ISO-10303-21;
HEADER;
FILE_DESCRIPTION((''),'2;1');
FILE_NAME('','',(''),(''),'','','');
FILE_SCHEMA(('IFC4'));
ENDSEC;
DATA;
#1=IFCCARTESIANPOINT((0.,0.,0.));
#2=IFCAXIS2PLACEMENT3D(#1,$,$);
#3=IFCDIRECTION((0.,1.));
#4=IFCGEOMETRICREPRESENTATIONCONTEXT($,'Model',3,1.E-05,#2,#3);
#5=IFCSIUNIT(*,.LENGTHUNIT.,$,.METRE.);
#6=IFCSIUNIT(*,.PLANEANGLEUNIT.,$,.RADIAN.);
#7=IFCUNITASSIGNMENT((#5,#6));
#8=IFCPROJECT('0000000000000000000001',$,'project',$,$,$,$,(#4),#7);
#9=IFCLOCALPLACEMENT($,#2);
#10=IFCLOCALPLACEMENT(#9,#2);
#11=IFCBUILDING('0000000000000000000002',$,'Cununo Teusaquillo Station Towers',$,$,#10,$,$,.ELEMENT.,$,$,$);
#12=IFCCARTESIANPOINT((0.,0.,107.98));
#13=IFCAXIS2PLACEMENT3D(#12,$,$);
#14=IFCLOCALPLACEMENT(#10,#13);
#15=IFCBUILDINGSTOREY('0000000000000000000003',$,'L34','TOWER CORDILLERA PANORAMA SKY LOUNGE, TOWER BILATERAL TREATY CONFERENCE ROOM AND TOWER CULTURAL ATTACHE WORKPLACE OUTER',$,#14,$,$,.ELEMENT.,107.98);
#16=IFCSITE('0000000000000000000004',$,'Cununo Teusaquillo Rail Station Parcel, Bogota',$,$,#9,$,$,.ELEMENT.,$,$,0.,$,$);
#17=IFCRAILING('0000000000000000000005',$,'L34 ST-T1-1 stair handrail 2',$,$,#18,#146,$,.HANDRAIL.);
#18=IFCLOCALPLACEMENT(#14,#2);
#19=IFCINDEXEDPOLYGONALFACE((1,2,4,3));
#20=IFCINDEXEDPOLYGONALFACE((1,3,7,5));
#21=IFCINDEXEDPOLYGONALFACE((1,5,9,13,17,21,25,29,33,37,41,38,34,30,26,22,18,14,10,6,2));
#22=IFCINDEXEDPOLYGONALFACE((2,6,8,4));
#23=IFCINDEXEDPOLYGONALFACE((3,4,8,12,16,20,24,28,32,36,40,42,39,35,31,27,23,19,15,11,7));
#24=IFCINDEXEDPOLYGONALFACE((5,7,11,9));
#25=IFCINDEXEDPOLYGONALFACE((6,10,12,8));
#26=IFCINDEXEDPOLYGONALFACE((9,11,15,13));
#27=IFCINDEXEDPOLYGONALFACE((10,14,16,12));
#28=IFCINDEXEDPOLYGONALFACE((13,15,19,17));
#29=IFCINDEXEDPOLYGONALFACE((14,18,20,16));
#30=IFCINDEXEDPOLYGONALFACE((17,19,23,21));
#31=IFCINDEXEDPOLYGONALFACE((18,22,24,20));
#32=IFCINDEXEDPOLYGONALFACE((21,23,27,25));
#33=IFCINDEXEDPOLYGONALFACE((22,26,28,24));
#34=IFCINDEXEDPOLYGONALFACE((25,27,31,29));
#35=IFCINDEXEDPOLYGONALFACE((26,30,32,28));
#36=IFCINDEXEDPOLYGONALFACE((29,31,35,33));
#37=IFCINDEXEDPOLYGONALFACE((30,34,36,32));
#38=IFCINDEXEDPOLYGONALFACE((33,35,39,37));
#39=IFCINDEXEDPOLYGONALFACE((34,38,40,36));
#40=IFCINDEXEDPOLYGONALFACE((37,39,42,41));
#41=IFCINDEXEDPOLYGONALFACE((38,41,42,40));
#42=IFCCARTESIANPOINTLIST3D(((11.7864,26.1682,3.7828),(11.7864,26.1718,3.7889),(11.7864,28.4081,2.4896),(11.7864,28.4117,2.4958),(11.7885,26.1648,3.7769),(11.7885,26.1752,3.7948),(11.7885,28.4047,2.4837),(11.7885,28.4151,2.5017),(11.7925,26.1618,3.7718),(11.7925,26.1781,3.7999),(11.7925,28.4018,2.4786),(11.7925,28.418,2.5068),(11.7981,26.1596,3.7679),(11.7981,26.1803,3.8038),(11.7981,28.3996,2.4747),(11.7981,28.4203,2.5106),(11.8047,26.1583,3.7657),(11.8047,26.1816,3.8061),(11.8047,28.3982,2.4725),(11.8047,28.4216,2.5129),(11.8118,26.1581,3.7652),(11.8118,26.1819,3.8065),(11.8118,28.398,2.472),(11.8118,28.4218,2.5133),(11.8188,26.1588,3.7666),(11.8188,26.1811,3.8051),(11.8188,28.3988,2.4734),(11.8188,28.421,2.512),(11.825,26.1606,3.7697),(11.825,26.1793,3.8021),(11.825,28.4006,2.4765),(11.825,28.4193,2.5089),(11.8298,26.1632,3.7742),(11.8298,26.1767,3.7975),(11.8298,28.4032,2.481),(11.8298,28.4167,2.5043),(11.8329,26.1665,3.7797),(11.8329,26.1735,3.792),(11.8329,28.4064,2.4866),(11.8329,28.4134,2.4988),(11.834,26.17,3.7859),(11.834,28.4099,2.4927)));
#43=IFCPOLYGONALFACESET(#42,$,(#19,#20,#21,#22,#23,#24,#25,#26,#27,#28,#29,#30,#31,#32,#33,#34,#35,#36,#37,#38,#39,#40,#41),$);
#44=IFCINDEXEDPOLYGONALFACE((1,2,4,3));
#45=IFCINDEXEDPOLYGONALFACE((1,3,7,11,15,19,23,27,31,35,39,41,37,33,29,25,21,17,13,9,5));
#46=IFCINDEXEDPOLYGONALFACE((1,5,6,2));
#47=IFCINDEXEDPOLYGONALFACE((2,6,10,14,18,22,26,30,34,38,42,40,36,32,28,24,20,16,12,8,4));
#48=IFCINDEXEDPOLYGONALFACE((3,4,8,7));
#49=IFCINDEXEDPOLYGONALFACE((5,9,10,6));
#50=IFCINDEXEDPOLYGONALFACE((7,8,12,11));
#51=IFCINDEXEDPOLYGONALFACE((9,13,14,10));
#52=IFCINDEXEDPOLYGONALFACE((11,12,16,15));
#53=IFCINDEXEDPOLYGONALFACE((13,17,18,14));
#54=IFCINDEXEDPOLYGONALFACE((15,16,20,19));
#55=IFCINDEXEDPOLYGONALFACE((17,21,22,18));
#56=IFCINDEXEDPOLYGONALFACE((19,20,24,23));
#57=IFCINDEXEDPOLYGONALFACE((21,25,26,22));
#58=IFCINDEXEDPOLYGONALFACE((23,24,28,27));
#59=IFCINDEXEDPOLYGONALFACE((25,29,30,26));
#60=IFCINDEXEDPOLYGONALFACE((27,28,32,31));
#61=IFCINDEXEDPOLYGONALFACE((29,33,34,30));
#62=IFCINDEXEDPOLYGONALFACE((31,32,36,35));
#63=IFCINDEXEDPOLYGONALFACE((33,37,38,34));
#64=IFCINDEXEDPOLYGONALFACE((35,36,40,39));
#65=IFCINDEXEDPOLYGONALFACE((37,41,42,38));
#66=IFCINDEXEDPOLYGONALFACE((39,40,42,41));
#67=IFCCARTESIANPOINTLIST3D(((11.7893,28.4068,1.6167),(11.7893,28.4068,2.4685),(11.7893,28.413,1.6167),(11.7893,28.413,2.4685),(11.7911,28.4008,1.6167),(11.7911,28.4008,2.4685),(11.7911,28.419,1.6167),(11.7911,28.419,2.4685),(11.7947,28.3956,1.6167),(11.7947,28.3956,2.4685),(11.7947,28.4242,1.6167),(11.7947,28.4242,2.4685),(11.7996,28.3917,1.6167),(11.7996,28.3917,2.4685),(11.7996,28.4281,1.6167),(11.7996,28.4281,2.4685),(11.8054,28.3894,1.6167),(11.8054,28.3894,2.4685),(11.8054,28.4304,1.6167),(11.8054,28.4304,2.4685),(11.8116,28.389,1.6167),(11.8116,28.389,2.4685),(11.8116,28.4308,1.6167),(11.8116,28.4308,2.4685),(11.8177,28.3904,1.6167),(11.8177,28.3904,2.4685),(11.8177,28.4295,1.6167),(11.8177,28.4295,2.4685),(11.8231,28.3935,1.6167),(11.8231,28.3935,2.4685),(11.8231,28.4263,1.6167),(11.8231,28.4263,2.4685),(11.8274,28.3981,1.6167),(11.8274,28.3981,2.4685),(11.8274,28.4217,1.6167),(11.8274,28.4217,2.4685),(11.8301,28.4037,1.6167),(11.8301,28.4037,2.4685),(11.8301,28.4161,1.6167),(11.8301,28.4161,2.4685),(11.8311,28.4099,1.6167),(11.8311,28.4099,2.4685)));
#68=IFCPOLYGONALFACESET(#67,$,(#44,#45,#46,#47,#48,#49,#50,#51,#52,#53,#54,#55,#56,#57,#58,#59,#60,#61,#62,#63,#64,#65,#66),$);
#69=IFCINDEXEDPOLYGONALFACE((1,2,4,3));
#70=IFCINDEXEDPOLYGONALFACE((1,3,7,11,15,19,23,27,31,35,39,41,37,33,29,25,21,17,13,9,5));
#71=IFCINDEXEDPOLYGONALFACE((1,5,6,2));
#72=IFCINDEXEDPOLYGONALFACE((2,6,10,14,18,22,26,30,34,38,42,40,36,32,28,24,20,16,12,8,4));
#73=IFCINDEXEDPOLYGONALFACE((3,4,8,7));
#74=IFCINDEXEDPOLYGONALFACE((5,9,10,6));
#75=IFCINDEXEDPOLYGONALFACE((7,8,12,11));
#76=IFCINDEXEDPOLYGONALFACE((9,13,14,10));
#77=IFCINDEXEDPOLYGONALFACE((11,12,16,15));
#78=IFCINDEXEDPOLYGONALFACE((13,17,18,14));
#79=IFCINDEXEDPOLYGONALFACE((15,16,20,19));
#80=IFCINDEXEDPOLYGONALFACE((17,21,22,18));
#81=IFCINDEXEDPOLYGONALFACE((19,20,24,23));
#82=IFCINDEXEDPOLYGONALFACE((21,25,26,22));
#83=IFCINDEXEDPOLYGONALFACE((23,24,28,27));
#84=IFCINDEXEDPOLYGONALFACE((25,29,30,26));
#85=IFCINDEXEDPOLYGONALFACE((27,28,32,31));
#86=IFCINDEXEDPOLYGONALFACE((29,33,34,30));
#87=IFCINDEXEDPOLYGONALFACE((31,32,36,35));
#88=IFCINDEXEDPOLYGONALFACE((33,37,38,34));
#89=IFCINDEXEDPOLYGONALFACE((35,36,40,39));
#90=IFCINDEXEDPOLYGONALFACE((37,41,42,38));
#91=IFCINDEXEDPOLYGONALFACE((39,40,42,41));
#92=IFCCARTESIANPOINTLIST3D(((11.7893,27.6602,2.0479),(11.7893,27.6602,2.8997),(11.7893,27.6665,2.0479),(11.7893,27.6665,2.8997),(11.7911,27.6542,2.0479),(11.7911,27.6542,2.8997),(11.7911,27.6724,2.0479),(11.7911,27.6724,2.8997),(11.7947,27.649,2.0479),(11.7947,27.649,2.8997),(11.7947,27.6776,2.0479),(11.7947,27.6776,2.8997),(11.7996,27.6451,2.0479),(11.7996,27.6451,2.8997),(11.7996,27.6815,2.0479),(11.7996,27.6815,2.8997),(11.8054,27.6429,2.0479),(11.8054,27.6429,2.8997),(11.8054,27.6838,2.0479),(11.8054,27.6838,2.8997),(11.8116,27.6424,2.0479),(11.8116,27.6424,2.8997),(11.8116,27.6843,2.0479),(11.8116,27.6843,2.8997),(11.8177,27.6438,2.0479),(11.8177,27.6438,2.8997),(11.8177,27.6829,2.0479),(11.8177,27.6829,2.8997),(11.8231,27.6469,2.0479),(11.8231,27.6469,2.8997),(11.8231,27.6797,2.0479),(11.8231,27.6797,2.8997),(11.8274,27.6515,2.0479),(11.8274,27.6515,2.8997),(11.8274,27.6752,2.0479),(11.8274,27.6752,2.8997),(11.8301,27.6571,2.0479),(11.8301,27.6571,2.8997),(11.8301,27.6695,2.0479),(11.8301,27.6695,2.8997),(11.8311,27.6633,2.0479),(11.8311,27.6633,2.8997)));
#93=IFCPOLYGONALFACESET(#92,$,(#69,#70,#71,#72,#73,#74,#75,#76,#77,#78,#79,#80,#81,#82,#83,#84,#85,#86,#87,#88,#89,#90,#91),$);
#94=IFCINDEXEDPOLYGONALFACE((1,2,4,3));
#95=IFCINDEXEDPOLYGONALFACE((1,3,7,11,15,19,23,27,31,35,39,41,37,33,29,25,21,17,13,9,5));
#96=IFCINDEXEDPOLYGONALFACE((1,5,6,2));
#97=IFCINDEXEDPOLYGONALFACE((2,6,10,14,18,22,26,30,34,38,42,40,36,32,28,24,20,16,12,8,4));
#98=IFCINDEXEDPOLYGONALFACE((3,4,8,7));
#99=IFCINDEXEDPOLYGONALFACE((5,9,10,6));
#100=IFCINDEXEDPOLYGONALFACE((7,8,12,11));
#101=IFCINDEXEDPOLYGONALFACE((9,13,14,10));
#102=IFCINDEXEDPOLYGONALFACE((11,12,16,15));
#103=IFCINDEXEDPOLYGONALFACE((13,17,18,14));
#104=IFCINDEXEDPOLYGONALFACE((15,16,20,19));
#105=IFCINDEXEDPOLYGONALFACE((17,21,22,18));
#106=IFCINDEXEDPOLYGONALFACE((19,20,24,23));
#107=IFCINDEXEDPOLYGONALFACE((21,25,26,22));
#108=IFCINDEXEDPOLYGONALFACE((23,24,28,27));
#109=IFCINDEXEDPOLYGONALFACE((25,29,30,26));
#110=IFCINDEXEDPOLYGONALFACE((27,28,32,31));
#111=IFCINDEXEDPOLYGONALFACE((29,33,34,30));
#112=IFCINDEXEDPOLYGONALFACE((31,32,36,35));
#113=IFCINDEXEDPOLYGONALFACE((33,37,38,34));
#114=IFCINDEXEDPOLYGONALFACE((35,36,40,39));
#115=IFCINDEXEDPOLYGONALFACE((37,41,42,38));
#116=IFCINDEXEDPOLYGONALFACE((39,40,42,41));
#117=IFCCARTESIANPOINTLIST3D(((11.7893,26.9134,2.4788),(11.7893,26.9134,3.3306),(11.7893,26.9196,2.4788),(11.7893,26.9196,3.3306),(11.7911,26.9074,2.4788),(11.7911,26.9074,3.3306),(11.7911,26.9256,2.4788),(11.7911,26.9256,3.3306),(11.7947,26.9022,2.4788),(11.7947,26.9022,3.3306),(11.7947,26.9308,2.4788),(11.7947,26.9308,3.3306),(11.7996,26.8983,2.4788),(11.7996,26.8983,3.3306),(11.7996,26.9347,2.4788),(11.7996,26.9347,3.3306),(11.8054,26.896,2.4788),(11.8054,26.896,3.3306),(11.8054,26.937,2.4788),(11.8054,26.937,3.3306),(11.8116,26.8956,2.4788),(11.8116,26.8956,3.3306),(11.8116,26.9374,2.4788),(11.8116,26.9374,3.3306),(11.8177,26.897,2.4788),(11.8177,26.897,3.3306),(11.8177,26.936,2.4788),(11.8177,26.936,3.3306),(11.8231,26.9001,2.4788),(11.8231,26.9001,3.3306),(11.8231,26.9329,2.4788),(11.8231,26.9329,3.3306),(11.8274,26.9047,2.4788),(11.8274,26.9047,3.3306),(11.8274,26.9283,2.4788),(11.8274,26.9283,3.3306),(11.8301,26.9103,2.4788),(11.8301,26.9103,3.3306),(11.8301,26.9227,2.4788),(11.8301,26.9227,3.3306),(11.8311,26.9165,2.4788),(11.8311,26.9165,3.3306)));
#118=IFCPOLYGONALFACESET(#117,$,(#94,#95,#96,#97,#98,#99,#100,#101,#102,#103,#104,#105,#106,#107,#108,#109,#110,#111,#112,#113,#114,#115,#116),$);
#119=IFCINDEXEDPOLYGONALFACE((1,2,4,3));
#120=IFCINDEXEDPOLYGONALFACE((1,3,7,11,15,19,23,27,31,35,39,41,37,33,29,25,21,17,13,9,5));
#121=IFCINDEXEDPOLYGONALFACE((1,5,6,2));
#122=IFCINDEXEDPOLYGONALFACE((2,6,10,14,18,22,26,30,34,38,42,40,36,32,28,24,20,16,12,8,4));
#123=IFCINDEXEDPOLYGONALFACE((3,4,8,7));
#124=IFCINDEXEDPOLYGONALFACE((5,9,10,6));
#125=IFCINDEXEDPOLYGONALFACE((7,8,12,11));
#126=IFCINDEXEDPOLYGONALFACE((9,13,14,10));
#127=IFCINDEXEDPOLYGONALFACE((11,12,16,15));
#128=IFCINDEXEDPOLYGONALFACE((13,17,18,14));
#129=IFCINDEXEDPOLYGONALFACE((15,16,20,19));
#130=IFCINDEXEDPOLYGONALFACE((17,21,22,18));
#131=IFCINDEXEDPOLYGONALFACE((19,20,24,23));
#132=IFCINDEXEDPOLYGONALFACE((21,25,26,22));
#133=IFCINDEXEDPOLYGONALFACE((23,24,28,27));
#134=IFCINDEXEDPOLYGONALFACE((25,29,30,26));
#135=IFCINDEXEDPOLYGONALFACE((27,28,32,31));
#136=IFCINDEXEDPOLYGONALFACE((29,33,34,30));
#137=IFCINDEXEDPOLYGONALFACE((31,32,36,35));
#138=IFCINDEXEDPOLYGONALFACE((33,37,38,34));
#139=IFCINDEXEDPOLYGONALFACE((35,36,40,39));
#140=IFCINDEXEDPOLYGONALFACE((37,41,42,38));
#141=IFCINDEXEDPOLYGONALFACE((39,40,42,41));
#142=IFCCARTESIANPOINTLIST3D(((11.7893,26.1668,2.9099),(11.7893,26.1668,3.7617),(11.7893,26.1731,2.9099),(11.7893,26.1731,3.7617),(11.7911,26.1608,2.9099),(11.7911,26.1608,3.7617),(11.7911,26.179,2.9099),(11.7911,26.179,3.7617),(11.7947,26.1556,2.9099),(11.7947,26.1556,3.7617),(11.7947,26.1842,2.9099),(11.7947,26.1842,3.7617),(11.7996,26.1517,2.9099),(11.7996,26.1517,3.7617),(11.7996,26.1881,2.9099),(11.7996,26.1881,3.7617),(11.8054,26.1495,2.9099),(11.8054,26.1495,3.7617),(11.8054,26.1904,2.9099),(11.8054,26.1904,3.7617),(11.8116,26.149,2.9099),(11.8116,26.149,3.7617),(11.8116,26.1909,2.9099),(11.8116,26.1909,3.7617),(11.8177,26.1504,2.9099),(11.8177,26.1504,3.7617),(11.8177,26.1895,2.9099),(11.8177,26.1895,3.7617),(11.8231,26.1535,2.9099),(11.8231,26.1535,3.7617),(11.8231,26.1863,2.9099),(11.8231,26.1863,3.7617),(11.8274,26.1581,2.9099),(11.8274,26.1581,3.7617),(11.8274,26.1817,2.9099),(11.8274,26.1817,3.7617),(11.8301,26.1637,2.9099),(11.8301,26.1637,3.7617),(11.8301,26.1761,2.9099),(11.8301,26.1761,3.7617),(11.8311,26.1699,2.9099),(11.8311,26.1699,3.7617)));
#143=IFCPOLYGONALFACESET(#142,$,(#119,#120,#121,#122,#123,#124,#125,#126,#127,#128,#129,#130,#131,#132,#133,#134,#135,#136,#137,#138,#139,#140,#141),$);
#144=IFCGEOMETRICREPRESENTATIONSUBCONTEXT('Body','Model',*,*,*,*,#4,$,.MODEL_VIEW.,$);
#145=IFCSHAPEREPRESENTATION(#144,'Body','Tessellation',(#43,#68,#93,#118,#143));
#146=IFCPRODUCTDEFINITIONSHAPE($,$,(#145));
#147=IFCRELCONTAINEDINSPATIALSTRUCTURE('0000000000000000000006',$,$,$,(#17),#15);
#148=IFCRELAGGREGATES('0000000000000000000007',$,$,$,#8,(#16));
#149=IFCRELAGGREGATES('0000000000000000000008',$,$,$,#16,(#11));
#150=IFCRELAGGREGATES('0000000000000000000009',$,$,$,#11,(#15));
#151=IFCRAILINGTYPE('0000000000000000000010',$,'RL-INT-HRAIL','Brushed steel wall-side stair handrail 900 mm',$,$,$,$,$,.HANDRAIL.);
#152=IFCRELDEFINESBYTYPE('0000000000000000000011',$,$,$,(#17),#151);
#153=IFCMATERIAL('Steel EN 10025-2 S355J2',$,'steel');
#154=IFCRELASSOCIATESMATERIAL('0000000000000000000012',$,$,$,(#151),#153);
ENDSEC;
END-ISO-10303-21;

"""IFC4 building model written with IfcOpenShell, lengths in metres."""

from ifc_helpers import new_model, si_unit, direction, frame, origin, origin_2d, place, context, subcontext, project, spatial, circle, extrude, material, type_object, element, save


model = new_model("IFC4")

# Units and contexts
model_context = context("Model", 3, precision=1e-05, world=origin(), true_north=direction((0.0, 1.0)))
body_context = subcontext(model_context, "Body", "Model", "MODEL_VIEW")
ifc_project = project(units=[si_unit("LENGTHUNIT", "METRE"), si_unit("PLANEANGLEUNIT", "RADIAN")], contexts=[model_context])

# Site, building, storey
site_placement = place(None, origin())
site = spatial("IfcSite", under=ifc_project, at=site_placement, Name="Cununo Teusaquillo Rail Station Parcel, Bogota", CompositionType="ELEMENT", RefElevation=0.0)
building_placement = place(site_placement, origin())
building = spatial("IfcBuilding", under=site, at=building_placement, Name="Cununo Teusaquillo Station Towers", CompositionType="ELEMENT")
storey_placement = place(building_placement, frame((0.0, 0.0, 107.98)))
storey = spatial("IfcBuildingStorey", under=building, at=storey_placement, Name="L34", Description="TOWER CORDILLERA PANORAMA SKY LOUNGE, TOWER BILATERAL TREATY CONFERENCE ROOM AND TOWER CULTURAL ATTACHE WORKPLACE OUTER", CompositionType="ELEMENT", Elevation=107.98)

# Railing
ifc_material_1 = material(Name="Steel EN 10025-2 S355J2", Category="steel")
railing_type_1 = type_object("IfcRailingType", Name="RL-INT-HRAIL", Description="Brushed steel wall-side stair handrail 900 mm", PredefinedType="HANDRAIL", material=ifc_material_1)
railing_1_placement = place(storey_placement, frame((11.8101, 28.4099, 1.6167)))
element("IfcRailing", 1, at=railing_1_placement, inside=storey, type_object=railing_type_1, Name="L34 ST-T1-1 stair handrail 2", PredefinedType="HANDRAIL", context=body_context, shape_type="SweptSolid", body=[
    extrude(circle(Radius=0.0239, at=origin_2d()), frame((0.0, 0.0, 0.876), z_axis=(0.0, -0.866033, 0.499987), x_axis=(1.0, 0.0, 0.0)), (0.0, 0.0, 1.0), 2.5864),
    extrude(circle(Radius=0.021, at=origin_2d()), origin(), (0.0, 0.0, 1.0), 0.8518),
    extrude(circle(Radius=0.021, at=origin_2d()), frame((0.0, -0.7466, 0.4312)), (0.0, 0.0, 1.0), 0.8518),
    extrude(circle(Radius=0.021, at=origin_2d()), frame((0.0, -1.4934, 0.8621)), (0.0, 0.0, 1.0), 0.8518),
    extrude(circle(Radius=0.021, at=origin_2d()), frame((0.0, -2.24, 1.2932)), (0.0, 0.0, 1.0), 0.8518),
])

save(model, "model.ifc")
